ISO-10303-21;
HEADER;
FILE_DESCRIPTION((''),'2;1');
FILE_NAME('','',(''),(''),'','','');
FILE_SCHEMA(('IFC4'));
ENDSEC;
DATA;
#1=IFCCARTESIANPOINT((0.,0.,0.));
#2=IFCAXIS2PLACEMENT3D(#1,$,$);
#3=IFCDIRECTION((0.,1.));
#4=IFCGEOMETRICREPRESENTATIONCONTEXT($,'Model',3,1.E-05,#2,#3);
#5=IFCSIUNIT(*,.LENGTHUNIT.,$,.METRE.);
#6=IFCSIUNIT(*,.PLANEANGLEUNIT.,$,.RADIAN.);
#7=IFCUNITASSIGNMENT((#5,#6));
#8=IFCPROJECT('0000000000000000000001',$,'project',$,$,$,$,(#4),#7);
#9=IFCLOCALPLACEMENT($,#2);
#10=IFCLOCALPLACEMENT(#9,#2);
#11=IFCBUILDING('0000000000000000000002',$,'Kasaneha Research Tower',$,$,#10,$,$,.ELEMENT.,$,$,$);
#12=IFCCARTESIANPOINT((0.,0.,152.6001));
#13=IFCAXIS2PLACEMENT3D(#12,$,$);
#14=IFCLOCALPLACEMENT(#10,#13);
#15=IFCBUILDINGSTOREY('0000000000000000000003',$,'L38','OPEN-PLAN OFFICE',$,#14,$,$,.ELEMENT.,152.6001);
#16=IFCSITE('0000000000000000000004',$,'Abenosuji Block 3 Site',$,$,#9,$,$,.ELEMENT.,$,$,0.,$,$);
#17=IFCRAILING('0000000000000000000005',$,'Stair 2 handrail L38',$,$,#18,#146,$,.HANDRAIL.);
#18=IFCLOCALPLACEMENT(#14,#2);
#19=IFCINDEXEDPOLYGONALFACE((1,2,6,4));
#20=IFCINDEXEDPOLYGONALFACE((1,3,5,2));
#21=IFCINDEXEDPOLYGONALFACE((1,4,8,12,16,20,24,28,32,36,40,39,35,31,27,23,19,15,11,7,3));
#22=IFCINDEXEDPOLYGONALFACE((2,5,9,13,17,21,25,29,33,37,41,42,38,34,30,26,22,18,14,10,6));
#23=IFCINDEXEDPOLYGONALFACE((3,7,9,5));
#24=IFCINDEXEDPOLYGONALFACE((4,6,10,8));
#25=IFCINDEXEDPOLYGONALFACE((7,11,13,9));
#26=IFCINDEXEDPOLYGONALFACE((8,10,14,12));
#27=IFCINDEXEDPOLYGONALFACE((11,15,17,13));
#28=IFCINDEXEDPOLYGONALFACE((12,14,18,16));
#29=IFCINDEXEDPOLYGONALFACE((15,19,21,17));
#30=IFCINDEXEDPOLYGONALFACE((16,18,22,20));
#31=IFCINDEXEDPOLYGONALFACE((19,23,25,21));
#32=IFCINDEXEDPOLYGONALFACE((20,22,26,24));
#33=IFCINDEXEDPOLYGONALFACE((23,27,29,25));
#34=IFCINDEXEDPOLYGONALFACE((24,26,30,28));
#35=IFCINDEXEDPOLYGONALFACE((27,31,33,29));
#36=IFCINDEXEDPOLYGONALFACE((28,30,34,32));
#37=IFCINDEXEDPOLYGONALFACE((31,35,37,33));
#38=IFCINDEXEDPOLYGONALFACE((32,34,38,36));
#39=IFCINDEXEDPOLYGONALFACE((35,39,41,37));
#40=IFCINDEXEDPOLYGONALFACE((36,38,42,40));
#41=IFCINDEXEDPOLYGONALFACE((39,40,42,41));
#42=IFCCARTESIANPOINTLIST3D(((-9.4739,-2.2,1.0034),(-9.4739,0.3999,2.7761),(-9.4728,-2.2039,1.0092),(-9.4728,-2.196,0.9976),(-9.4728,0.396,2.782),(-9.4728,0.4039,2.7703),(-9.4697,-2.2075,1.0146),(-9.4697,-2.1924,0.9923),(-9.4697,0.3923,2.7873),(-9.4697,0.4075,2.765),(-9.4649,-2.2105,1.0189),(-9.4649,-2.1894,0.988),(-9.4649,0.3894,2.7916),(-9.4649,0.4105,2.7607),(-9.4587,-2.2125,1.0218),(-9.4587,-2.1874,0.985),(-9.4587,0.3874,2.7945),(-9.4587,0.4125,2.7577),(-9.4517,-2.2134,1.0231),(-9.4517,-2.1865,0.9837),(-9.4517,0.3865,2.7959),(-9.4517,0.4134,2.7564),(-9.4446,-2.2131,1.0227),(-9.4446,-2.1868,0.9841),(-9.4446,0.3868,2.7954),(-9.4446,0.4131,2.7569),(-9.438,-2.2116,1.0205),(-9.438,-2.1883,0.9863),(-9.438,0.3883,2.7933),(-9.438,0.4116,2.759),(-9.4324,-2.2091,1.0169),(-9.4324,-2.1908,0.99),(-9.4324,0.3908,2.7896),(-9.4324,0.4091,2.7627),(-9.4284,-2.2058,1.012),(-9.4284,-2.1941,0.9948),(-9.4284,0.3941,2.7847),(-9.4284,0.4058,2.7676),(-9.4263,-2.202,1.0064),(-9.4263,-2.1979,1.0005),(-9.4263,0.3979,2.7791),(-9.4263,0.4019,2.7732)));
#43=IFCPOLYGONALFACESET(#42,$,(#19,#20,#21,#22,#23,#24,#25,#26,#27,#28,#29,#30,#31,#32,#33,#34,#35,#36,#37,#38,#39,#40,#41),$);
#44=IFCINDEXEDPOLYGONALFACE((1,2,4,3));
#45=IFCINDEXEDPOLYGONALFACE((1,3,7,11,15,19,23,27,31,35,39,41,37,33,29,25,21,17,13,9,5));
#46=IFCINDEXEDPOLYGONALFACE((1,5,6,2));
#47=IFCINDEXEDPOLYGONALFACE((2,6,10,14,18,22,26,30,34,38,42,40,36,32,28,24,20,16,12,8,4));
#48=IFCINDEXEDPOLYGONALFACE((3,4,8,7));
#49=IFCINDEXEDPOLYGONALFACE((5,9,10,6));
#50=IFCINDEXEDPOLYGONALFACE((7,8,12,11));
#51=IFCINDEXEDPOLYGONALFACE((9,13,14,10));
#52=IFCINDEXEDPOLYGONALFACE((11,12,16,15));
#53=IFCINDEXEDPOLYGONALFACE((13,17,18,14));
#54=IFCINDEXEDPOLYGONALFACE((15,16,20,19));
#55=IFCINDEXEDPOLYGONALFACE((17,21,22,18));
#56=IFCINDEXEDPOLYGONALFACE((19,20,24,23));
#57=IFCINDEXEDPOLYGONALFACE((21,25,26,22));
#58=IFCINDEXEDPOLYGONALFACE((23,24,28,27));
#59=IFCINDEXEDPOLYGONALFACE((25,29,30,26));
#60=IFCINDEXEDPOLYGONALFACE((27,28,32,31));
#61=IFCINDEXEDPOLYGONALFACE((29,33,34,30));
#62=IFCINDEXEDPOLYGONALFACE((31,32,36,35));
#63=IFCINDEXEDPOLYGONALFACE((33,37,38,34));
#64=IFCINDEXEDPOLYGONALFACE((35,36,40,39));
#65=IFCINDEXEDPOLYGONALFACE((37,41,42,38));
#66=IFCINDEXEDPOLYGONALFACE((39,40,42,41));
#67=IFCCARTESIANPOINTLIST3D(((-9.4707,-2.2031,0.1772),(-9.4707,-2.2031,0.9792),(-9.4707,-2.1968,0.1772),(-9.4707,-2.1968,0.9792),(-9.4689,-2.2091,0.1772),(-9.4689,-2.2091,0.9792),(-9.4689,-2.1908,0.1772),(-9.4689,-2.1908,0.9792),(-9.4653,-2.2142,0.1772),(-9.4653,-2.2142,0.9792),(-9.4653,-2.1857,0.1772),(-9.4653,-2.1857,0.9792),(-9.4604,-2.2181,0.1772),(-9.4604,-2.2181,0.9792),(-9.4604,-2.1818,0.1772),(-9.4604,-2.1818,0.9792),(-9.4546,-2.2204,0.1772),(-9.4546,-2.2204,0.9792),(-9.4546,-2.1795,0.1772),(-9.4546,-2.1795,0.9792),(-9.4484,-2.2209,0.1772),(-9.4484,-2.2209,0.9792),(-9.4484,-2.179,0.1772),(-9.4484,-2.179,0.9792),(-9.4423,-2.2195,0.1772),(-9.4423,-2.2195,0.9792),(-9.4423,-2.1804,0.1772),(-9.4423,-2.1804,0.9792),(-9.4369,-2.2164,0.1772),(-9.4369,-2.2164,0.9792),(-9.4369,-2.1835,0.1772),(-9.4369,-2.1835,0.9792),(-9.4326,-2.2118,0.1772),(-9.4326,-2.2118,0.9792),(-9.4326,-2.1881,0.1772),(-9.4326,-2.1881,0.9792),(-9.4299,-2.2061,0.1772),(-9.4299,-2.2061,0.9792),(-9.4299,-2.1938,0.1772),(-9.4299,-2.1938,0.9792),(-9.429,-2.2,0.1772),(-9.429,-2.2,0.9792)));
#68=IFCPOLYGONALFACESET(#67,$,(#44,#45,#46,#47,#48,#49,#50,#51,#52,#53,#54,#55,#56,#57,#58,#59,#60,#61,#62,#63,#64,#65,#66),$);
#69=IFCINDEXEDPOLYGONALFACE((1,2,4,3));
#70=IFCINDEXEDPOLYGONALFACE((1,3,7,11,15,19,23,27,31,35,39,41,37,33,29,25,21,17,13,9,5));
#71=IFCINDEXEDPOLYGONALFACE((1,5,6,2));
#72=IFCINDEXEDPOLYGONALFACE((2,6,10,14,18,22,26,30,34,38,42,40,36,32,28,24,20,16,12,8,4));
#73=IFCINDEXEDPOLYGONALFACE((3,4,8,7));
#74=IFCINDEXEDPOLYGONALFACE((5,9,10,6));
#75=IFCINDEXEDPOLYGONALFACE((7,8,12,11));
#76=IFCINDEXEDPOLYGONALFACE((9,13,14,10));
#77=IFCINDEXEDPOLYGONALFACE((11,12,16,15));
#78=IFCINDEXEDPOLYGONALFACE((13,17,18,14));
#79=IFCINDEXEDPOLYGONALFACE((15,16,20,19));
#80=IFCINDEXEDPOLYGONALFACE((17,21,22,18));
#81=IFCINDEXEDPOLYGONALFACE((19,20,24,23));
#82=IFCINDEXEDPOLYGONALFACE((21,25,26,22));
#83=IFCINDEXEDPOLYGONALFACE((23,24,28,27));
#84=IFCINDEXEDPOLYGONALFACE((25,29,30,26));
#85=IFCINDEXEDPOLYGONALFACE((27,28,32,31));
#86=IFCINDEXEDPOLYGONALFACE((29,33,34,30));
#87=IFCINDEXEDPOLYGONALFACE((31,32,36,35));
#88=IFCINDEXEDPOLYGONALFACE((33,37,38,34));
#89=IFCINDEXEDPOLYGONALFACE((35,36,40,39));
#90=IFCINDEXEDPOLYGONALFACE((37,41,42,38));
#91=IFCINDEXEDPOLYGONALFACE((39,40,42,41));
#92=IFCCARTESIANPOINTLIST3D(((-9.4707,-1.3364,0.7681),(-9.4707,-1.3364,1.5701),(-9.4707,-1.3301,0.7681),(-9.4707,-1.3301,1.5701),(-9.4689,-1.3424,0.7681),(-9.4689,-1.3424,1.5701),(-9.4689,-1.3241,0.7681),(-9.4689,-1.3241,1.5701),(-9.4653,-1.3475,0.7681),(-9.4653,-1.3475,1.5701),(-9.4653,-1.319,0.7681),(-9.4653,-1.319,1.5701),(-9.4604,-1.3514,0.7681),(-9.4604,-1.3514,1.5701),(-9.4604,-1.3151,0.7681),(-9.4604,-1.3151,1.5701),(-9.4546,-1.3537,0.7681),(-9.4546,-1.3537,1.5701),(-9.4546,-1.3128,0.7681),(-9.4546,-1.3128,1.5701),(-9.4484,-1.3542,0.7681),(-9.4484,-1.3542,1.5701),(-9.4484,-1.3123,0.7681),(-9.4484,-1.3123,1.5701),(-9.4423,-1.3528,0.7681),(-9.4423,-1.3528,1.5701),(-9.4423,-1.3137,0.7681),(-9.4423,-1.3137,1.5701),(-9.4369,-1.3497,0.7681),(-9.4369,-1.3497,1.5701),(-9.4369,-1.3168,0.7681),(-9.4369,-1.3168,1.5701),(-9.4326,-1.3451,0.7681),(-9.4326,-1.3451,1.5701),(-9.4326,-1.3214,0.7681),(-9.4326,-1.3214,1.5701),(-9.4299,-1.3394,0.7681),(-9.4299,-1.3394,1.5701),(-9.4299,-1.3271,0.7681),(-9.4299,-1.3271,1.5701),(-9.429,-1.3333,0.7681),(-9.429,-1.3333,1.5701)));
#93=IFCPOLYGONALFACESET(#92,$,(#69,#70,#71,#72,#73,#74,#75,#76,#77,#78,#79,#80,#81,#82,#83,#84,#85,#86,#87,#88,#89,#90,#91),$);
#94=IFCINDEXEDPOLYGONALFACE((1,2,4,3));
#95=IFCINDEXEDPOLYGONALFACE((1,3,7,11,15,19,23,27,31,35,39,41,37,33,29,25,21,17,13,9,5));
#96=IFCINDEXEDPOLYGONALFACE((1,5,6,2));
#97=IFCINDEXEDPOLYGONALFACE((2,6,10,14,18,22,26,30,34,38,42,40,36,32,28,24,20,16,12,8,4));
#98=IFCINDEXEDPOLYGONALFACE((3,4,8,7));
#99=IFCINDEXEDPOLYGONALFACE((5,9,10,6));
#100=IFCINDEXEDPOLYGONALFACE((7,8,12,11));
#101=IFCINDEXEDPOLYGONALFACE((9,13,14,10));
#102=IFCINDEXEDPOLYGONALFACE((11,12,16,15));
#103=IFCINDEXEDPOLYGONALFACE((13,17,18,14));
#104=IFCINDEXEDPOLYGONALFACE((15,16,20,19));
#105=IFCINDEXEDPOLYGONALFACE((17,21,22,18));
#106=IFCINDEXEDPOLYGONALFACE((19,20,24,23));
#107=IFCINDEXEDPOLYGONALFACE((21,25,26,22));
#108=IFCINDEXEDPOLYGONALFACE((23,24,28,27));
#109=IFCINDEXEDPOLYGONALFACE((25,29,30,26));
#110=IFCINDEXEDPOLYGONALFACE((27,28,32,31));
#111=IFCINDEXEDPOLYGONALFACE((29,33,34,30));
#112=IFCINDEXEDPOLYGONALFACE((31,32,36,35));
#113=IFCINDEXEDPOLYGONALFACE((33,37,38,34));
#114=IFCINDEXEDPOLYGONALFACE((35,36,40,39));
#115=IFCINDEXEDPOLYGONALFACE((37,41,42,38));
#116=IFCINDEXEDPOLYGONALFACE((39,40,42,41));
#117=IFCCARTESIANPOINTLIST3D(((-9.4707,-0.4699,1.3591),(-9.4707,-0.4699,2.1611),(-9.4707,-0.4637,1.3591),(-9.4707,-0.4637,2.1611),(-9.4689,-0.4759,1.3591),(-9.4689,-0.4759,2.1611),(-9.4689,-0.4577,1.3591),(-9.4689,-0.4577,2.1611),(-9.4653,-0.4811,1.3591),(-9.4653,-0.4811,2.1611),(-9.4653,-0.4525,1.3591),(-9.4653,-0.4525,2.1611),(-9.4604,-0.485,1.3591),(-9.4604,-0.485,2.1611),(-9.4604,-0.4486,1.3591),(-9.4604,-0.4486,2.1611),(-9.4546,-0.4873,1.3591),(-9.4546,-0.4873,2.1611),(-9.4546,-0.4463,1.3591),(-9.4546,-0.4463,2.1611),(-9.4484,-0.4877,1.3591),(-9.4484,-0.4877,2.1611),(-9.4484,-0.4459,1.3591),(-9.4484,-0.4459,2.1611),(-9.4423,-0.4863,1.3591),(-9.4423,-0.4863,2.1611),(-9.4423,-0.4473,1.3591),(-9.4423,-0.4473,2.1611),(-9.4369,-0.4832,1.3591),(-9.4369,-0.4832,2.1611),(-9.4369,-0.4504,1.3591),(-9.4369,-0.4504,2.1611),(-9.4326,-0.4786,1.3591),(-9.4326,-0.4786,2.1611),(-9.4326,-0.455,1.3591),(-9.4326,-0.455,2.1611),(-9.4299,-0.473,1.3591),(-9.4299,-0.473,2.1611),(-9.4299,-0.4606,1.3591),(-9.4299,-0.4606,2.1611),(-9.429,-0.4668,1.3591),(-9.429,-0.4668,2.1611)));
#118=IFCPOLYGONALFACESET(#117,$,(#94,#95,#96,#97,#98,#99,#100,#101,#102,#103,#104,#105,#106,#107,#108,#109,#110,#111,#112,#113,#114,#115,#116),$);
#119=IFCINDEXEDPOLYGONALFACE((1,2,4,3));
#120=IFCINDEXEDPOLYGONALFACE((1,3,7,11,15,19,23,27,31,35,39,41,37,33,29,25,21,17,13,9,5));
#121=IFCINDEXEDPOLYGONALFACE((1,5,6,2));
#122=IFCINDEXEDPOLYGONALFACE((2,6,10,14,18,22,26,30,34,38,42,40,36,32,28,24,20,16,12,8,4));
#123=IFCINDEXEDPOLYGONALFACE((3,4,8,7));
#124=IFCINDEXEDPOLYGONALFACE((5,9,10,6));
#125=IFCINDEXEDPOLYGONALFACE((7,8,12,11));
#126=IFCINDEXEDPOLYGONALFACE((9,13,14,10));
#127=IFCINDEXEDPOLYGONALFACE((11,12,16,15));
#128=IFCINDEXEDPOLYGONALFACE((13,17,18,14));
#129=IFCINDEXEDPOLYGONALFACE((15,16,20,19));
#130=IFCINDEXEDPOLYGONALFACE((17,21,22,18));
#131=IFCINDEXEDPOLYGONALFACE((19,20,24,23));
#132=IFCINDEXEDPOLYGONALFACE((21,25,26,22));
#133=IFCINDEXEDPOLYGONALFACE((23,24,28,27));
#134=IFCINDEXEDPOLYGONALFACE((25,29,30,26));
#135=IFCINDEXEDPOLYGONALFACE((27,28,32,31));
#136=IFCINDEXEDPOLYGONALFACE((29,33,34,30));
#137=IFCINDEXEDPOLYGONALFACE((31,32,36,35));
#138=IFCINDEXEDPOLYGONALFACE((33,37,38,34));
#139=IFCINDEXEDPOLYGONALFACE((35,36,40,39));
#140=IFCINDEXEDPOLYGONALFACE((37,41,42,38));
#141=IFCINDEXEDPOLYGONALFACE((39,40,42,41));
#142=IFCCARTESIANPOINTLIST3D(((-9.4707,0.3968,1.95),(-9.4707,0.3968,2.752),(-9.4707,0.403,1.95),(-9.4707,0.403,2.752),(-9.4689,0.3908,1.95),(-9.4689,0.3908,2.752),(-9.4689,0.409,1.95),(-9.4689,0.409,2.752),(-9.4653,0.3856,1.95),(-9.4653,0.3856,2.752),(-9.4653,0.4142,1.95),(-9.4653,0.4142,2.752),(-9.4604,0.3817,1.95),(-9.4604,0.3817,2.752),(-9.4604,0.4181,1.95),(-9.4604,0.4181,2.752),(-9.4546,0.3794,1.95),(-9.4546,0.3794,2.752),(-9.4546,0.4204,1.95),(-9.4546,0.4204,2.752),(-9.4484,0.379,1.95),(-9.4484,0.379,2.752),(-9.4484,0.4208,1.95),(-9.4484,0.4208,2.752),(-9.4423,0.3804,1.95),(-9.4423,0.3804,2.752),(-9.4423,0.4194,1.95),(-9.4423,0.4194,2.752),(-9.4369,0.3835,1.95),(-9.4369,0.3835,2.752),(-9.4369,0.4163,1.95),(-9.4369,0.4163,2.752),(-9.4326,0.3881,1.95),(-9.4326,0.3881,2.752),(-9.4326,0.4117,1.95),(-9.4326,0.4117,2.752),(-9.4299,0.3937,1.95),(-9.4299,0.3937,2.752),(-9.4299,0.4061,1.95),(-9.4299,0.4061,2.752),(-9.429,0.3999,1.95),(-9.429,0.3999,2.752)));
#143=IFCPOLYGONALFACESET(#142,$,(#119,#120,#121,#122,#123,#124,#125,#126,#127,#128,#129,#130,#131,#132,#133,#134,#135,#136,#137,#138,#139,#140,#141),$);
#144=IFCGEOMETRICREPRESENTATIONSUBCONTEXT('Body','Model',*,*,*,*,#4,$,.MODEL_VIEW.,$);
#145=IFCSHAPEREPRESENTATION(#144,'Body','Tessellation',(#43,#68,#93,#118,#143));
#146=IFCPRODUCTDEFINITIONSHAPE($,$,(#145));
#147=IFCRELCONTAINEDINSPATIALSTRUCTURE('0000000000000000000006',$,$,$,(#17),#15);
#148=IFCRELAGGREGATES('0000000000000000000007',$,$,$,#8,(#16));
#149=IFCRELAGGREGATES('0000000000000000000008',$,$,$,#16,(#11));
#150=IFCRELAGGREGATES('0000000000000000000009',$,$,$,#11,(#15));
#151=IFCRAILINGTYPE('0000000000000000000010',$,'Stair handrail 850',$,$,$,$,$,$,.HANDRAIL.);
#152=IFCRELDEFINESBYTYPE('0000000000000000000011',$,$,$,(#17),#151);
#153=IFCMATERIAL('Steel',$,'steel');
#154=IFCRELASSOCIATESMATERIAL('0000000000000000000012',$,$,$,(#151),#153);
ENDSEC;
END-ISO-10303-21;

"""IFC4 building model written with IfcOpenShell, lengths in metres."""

from ifc_helpers import new_model, si_unit, direction, frame, origin, origin_2d, place, context, subcontext, project, spatial, circle, extrude, material, type_object, element, save


model = new_model("IFC4")

# Units and contexts
model_context = context("Model", 3, precision=1e-05, world=origin(), true_north=direction((0.0, 1.0)))
body_context = subcontext(model_context, "Body", "Model", "MODEL_VIEW")
ifc_project = project(units=[si_unit("LENGTHUNIT", "METRE"), si_unit("PLANEANGLEUNIT", "RADIAN")], contexts=[model_context])

# Site, building, storey
site_placement = place(None, origin())
site = spatial("IfcSite", under=ifc_project, at=site_placement, Name="Abenosuji Block 3 Site", CompositionType="ELEMENT", RefElevation=0.0)
building_placement = place(site_placement, origin())
building = spatial("IfcBuilding", under=site, at=building_placement, Name="Kasaneha Research Tower", CompositionType="ELEMENT")
storey_placement = place(building_placement, frame((0.0, 0.0, 152.6001)))
storey = spatial("IfcBuildingStorey", under=building, at=storey_placement, Name="L38", Description="OPEN-PLAN OFFICE", CompositionType="ELEMENT", Elevation=152.6001)

# Railing
ifc_material_1 = material(Name="Steel", Category="steel")
railing_type_1 = type_object("IfcRailingType", Name="Stair handrail 850", PredefinedType="HANDRAIL", material=ifc_material_1)
railing_1_placement = place(storey_placement, frame((-9.45, -2.2, 0.1772)))
element("IfcRailing", 1, at=railing_1_placement, inside=storey, type_object=railing_type_1, Name="Stair 2 handrail L38", PredefinedType="HANDRAIL", context=body_context, shape_type="SweptSolid", body=[
    extrude(circle(Radius=0.0239, at=origin_2d()), frame((0.0, 0.0, 0.8262), z_axis=(0.0, 0.826216, 0.563354), x_axis=(-1.0, 0.0, 0.0)), (0.0, 0.0, 1.0), 3.1467),
    extrude(circle(Radius=0.021, at=origin_2d()), origin(), (0.0, 0.0, 1.0), 0.802),
    extrude(circle(Radius=0.021, at=origin_2d()), frame((0.0, 0.8667, 0.5908)), (0.0, 0.0, 1.0), 0.802),
    extrude(circle(Radius=0.021, at=origin_2d()), frame((0.0, 1.7332, 1.1819)), (0.0, 0.0, 1.0), 0.802),
    extrude(circle(Radius=0.021, at=origin_2d()), frame((0.0, 2.5999, 1.7727)), (0.0, 0.0, 1.0), 0.802),
])

save(model, "model.ifc")
